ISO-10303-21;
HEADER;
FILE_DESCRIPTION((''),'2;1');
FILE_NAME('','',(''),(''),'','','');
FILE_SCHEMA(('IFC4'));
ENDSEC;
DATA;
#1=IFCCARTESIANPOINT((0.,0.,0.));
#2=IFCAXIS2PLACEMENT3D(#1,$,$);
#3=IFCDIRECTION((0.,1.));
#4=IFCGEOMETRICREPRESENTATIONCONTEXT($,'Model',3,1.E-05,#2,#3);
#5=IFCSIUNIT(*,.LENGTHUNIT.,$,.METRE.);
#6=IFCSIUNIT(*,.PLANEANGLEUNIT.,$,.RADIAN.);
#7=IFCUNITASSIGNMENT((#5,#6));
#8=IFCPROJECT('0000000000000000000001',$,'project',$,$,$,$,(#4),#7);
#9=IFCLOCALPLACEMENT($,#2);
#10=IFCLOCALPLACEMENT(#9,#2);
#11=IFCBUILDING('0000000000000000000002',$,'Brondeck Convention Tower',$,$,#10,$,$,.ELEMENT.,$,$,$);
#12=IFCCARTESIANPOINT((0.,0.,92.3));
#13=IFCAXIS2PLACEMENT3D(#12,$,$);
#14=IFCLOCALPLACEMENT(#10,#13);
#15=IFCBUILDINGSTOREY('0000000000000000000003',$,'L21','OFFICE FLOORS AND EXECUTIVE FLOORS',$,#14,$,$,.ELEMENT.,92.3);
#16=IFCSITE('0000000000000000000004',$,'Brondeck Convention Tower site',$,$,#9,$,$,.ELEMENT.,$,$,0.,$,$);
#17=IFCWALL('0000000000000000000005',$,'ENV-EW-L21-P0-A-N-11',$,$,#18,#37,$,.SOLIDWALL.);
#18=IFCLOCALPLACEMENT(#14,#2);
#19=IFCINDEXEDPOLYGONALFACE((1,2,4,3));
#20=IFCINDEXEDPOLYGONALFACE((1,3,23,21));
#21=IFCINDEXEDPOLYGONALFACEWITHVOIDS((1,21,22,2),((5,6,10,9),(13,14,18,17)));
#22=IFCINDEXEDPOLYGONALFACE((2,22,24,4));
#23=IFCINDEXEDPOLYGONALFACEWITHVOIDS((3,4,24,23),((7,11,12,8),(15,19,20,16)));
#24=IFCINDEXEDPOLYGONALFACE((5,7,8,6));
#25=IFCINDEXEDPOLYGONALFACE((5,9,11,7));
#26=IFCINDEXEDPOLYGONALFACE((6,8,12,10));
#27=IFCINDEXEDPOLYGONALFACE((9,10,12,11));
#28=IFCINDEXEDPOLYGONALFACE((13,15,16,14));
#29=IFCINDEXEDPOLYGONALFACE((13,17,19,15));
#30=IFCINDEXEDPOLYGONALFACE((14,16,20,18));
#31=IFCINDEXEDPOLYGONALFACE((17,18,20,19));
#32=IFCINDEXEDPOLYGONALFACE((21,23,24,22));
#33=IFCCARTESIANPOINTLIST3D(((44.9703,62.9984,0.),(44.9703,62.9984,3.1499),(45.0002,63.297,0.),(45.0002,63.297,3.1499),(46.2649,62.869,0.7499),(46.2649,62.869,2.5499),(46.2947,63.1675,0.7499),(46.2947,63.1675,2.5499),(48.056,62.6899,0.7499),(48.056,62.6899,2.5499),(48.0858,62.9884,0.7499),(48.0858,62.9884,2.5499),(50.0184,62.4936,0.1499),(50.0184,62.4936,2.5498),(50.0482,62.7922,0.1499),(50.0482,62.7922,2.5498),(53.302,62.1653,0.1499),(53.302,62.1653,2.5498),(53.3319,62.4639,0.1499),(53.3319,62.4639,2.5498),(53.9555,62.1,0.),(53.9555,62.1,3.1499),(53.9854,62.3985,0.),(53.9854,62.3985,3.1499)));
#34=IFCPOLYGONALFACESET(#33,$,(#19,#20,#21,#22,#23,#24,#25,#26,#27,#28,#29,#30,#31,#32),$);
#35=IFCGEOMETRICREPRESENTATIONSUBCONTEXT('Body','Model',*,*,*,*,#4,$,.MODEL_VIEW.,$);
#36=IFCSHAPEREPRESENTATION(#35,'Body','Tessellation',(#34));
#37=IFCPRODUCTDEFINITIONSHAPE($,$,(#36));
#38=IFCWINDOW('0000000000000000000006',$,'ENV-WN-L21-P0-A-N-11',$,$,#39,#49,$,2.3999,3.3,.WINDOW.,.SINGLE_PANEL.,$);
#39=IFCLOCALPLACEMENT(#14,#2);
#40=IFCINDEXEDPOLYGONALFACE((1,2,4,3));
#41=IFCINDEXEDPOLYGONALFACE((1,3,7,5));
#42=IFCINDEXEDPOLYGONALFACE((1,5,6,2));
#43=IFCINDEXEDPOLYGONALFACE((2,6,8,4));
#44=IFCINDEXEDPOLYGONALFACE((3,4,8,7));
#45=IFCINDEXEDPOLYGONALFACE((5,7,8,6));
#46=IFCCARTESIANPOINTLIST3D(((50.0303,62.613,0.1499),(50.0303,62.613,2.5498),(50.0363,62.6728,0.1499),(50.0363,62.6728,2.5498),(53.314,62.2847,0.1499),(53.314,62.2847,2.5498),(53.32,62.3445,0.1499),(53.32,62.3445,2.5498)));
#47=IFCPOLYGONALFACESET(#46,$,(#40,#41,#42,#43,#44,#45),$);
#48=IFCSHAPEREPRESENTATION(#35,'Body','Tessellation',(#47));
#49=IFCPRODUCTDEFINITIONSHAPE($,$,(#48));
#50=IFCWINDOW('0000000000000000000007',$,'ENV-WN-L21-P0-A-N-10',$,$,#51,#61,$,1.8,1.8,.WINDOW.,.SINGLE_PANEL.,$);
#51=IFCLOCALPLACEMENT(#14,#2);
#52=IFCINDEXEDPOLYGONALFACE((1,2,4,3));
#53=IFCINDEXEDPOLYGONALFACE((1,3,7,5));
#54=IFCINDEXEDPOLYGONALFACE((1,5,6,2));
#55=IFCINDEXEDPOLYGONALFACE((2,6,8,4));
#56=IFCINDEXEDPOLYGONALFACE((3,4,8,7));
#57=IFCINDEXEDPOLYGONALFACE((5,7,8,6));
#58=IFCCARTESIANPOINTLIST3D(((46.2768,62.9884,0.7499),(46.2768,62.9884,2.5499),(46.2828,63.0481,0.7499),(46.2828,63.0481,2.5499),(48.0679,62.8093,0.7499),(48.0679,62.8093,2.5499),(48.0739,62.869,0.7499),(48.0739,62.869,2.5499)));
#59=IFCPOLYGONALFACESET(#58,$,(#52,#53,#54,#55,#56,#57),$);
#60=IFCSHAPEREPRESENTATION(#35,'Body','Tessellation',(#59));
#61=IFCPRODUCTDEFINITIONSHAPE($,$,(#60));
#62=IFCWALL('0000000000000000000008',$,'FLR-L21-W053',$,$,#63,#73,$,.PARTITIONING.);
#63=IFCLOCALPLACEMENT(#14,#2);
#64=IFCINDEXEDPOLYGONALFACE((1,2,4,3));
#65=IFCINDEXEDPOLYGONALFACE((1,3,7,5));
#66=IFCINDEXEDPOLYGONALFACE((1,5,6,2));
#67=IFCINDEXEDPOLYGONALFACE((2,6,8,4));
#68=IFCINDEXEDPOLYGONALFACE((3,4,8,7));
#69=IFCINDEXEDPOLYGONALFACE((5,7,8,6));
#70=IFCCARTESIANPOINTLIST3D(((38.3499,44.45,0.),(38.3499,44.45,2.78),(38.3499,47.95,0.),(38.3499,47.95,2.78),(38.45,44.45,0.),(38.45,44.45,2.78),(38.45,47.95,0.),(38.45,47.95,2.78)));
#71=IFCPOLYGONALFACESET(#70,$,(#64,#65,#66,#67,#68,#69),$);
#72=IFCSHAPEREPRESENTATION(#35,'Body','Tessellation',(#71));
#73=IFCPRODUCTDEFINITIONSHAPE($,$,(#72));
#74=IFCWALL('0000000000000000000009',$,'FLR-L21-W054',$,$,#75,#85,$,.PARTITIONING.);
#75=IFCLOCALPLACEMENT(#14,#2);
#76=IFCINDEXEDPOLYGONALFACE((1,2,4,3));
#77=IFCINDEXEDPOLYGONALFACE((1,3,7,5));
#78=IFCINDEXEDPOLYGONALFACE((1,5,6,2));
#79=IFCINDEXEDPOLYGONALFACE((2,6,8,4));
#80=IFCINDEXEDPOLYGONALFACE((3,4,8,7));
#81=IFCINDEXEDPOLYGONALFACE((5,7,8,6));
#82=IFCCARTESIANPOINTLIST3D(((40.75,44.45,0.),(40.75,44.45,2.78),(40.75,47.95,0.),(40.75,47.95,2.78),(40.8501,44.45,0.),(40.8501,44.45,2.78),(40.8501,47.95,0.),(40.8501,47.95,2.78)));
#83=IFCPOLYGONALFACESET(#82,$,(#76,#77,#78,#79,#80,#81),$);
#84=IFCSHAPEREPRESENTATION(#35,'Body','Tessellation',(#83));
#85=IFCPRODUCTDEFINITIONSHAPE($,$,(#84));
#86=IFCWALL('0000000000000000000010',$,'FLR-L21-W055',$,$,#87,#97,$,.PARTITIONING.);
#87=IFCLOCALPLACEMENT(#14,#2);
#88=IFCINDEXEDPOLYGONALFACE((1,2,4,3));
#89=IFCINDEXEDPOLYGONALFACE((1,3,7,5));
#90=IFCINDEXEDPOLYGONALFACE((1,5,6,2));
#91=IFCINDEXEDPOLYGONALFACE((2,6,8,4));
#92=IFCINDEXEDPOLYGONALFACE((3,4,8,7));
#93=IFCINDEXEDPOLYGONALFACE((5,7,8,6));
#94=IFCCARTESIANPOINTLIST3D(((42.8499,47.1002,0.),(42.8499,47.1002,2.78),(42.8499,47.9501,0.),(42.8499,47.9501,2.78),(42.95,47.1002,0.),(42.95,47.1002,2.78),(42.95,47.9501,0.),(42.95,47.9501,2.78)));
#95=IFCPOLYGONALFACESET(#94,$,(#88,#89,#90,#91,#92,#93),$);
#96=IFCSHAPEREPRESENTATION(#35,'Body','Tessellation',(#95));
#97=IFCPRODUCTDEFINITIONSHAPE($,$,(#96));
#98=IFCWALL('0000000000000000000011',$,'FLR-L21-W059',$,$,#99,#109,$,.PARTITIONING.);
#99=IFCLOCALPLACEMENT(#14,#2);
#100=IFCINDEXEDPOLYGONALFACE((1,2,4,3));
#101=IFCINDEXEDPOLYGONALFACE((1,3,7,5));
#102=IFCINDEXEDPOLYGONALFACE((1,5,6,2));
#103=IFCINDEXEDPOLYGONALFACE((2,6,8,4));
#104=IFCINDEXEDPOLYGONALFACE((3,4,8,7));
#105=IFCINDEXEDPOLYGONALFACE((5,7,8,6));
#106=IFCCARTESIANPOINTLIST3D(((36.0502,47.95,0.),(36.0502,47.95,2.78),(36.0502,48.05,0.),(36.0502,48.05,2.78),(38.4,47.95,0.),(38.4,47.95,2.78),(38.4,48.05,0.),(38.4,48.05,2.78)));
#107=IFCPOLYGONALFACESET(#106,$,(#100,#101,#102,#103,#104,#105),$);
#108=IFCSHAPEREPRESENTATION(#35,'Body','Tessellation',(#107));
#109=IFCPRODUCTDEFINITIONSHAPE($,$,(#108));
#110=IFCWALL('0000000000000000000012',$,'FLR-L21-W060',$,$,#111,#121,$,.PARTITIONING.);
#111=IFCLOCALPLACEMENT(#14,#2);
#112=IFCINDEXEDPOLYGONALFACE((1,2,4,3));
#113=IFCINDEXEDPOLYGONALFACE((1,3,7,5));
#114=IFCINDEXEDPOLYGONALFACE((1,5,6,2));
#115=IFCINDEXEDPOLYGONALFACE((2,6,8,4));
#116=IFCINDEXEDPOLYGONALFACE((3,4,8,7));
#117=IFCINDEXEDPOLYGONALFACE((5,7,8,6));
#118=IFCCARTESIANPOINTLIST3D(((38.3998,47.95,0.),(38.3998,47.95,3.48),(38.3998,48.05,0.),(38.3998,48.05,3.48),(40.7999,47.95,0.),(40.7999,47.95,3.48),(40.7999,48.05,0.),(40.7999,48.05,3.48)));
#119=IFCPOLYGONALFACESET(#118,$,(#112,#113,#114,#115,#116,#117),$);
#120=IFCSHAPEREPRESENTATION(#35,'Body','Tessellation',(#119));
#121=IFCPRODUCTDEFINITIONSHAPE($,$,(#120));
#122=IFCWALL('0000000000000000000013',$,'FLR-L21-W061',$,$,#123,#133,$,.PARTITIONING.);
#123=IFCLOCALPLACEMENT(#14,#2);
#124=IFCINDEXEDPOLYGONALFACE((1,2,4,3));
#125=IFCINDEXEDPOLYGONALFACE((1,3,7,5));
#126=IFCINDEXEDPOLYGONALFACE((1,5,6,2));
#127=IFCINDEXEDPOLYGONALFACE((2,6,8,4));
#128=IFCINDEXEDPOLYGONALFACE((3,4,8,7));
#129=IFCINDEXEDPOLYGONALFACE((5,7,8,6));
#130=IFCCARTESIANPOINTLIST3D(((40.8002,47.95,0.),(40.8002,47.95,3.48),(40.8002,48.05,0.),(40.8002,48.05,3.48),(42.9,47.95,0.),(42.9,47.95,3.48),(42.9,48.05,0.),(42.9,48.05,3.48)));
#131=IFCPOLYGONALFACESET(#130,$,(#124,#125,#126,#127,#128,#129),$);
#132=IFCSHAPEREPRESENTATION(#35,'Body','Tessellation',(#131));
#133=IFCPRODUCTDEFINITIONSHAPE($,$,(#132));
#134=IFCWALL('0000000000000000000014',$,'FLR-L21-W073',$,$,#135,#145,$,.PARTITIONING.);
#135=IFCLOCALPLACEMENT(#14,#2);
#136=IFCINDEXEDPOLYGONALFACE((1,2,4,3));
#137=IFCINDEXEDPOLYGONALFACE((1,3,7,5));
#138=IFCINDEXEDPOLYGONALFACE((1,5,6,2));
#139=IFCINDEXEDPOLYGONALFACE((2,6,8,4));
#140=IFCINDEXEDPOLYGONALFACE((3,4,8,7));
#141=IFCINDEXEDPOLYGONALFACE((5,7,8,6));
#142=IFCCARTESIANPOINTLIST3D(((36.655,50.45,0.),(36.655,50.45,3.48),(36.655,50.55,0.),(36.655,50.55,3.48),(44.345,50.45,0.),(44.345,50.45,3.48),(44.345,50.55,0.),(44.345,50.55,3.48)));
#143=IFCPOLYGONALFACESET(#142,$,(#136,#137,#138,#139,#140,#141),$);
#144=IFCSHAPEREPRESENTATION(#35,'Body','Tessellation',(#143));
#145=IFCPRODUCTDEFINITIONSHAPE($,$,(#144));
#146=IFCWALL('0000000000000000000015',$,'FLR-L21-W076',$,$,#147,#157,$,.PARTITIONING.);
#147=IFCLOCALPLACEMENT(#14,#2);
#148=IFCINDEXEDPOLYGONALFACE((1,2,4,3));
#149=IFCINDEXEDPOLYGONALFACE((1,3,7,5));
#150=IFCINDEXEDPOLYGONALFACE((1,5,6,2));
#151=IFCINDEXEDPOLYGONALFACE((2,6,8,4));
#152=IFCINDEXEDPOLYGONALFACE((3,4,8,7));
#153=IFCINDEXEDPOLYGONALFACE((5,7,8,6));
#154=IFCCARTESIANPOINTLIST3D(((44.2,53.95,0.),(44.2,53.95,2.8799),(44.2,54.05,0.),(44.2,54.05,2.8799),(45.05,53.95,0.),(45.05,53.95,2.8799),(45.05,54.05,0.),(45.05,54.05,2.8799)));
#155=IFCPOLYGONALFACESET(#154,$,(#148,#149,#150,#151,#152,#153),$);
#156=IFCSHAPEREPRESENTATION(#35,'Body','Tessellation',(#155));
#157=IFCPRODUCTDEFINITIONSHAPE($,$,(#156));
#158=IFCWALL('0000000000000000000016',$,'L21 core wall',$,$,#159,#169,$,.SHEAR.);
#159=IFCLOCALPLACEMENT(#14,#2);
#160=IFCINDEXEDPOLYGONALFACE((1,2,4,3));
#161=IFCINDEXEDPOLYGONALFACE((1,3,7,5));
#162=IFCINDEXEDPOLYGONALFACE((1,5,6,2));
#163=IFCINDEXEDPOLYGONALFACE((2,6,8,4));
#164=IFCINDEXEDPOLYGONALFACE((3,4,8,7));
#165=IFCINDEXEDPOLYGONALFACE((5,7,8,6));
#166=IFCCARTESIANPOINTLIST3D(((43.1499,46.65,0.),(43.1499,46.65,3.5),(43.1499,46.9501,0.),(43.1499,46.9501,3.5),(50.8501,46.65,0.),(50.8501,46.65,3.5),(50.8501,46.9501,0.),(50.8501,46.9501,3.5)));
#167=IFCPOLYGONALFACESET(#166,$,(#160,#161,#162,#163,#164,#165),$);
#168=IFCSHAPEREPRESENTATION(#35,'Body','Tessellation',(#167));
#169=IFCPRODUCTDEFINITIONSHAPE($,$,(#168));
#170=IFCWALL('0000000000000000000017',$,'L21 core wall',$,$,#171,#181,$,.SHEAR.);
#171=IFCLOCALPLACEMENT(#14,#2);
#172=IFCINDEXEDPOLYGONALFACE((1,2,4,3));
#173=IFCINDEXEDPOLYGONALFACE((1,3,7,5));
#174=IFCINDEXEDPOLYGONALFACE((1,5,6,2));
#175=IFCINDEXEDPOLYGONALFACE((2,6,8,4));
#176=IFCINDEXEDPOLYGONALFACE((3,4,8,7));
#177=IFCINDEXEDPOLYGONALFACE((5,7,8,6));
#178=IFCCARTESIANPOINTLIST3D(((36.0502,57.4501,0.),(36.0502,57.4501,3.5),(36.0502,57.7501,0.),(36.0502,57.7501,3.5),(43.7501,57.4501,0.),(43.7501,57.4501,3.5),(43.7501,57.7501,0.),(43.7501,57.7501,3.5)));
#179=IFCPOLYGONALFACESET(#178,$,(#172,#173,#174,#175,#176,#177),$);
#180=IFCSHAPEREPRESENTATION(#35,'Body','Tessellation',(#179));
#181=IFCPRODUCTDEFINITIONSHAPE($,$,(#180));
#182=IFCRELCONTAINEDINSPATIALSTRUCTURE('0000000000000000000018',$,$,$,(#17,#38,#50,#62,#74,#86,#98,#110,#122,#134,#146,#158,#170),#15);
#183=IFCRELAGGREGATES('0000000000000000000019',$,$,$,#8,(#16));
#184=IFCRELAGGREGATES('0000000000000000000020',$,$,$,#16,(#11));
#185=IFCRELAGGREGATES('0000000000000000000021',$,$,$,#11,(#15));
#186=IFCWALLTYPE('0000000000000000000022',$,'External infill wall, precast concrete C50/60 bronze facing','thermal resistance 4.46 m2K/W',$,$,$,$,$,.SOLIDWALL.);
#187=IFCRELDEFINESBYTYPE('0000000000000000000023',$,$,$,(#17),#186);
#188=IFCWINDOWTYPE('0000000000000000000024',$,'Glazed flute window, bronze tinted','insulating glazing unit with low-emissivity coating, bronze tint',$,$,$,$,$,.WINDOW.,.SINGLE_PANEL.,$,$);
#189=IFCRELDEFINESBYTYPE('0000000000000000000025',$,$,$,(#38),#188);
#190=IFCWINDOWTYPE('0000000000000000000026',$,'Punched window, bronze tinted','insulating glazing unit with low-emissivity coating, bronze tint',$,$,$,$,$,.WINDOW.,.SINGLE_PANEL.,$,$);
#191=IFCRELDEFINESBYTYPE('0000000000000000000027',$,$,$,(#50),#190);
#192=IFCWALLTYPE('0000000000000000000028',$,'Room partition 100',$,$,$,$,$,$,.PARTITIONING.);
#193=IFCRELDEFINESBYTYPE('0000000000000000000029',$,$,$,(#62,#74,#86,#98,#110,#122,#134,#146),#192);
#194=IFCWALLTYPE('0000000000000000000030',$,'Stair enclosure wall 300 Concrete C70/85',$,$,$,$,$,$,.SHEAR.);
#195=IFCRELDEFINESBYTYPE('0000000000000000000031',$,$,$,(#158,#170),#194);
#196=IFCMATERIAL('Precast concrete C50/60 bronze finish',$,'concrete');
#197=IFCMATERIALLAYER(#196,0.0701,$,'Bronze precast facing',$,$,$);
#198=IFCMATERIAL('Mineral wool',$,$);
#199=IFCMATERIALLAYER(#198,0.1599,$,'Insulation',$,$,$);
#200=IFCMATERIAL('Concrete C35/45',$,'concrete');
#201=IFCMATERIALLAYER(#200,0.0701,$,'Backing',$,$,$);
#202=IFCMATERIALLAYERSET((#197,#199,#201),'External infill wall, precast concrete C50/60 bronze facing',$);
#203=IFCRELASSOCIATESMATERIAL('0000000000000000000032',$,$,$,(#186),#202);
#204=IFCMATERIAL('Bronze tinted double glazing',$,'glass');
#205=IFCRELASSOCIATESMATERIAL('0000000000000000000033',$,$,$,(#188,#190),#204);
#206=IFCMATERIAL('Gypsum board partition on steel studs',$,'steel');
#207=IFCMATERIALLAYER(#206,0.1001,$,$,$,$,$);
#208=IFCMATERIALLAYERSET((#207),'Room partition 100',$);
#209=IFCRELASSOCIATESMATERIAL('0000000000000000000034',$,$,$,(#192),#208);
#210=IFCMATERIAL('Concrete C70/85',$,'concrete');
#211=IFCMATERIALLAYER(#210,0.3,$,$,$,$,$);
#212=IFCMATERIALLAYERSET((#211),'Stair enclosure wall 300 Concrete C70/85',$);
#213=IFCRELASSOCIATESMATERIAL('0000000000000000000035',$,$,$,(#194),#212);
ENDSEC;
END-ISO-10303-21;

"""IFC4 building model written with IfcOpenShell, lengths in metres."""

from ifc_helpers import new_model, si_unit, direction, frame, frame_2d, origin, place, context, subcontext, project, spatial, rectangle, extrude, material, layer, layer_set, type_object, element, fill, save


model = new_model("IFC4")

# Units and contexts
model_context = context("Model", 3, precision=1e-05, world=origin(), true_north=direction((0.0, 1.0)))
body_context = subcontext(model_context, "Body", "Model", "MODEL_VIEW")
ifc_project = project(units=[si_unit("LENGTHUNIT", "METRE"), si_unit("PLANEANGLEUNIT", "RADIAN")], contexts=[model_context])

# Site, building, storey
site_placement = place(None, origin())
site = spatial("IfcSite", under=ifc_project, at=site_placement, Name="Brondeck Convention Tower site", CompositionType="ELEMENT", RefElevation=0.0)
building_placement = place(site_placement, origin())
building = spatial("IfcBuilding", under=site, at=building_placement, Name="Brondeck Convention Tower", CompositionType="ELEMENT")
storey_placement = place(building_placement, frame((0.0, 0.0, 92.3)))
storey = spatial("IfcBuildingStorey", under=building, at=storey_placement, Name="L21", Description="OFFICE FLOORS AND EXECUTIVE FLOORS", CompositionType="ELEMENT", Elevation=92.3)

# Shared definitions
ifc_material_1 = material(Name="Concrete C70/85", Category="concrete")

# Wall, openings, windows
ifc_material_2 = material(Name="Precast concrete C50/60 bronze finish", Category="concrete")
ifc_layer_1 = layer(ifc_material_2, 0.0701, Name="Bronze precast facing")
ifc_material_3 = material(Name="Mineral wool")
ifc_layer_2 = layer(ifc_material_3, 0.1599, Name="Insulation")
ifc_material_4 = material(Name="Concrete C35/45", Category="concrete")
ifc_layer_3 = layer(ifc_material_4, 0.0701, Name="Backing")
ifc_layer_set_1 = layer_set([ifc_layer_1, ifc_layer_2, ifc_layer_3], Name="External infill wall, precast concrete C50/60 bronze facing")
wall_type_1 = type_object("IfcWallType", Name="External infill wall, precast concrete C50/60 bronze facing", Description="thermal resistance 4.46 m2K/W", PredefinedType="SOLIDWALL", material=ifc_layer_set_1)
wall_1_placement = place(storey_placement, frame((44.9851, 63.1477, 0.0), z_axis=(0.0, 0.0, 1.0), x_axis=(0.995038, -0.099496, 0.0)))
wall_1 = element("IfcWall", 1, at=wall_1_placement, inside=storey, type_object=wall_type_1, Name="ENV-EW-L21-P0-A-N-11", PredefinedType="SOLIDWALL", context=body_context, shape_type="SweptSolid", body=[
    extrude(rectangle(XDim=9.03, YDim=0.3, at=frame_2d((4.5151, 0.0))), origin(), (0.0, 0.0, 1.0), 3.1499),
])
opening_1_placement = place(wall_1_placement, frame((1.3013, 0.0, 0.75)))
opening_1 = element("IfcOpeningElement", 2, at=opening_1_placement, cuts=wall_1, PredefinedType="OPENING", context=body_context, shape_type="SweptSolid", body=[
    extrude(rectangle(XDim=1.8, YDim=1.8, at=frame_2d((0.8999, 0.8999))), frame((0.0, 0.1599, 0.0), z_axis=(0.0, -1.0, 0.0), x_axis=(1.0, 0.0, 0.0)), (0.0, 0.0, 1.0), 0.3201),
])
opening_2_placement = place(wall_1_placement, frame((5.0735, 0.0, 0.1499)))
opening_2 = element("IfcOpeningElement", 3, at=opening_2_placement, cuts=wall_1, PredefinedType="OPENING", context=body_context, shape_type="SweptSolid", body=[
    extrude(rectangle(XDim=3.3, YDim=2.3999, at=frame_2d((1.6499, 1.2))), frame((0.0, 0.1599, 0.0), z_axis=(0.0, -1.0, 0.0), x_axis=(1.0, 0.0, 0.0)), (0.0, 0.0, 1.0), 0.3201),
])
ifc_material_5 = material(Name="Bronze tinted double glazing", Category="glass")
window_type_1 = type_object("IfcWindowType", Name="Glazed flute window, bronze tinted", Description="insulating glazing unit with low-emissivity coating, bronze tint", PartitioningType="SINGLE_PANEL", PredefinedType="WINDOW", material=ifc_material_5)
window_1_placement = place(opening_2_placement, origin())
window_1 = element("IfcWindow", 4, at=window_1_placement, inside=storey, type_object=window_type_1, Name="ENV-WN-L21-P0-A-N-11", OverallHeight=2.3999, OverallWidth=3.3, PartitioningType="SINGLE_PANEL", PredefinedType="WINDOW", context=body_context, shape_type="SweptSolid", body=[
    extrude(rectangle(XDim=3.3, YDim=2.3999, at=frame_2d((1.6499, 1.2))), frame((0.0, 0.03, 0.0), z_axis=(0.0, -1.0, 0.0), x_axis=(1.0, 0.0, 0.0)), (0.0, 0.0, 1.0), 0.0601),
])
fill(opening_2, window_1)
window_type_2 = type_object("IfcWindowType", Name="Punched window, bronze tinted", Description="insulating glazing unit with low-emissivity coating, bronze tint", PartitioningType="SINGLE_PANEL", PredefinedType="WINDOW", material=ifc_material_5)
window_2_placement = place(opening_1_placement, origin())
window_2 = element("IfcWindow", 5, at=window_2_placement, inside=storey, type_object=window_type_2, Name="ENV-WN-L21-P0-A-N-10", OverallHeight=1.8, OverallWidth=1.8, PartitioningType="SINGLE_PANEL", PredefinedType="WINDOW", context=body_context, shape_type="SweptSolid", body=[
    extrude(rectangle(XDim=1.8, YDim=1.8, at=frame_2d((0.8999, 0.8999))), frame((0.0, 0.03, 0.0), z_axis=(0.0, -1.0, 0.0), x_axis=(1.0, 0.0, 0.0)), (0.0, 0.0, 1.0), 0.0601),
])
fill(opening_1, window_2)

# Walls
ifc_material_6 = material(Name="Gypsum board partition on steel studs", Category="steel")
ifc_layer_4 = layer(ifc_material_6, 0.1001)
ifc_layer_set_2 = layer_set([ifc_layer_4], Name="Room partition 100")
wall_type_2 = type_object("IfcWallType", Name="Room partition 100", PredefinedType="PARTITIONING", material=ifc_layer_set_2)
for number, where, z_axis, x_axis, name in (
    (6, (38.3999, 47.95, 0.0), (0.0, 0.0, 1.0), (0.0, -1.0, 0.0), "FLR-L21-W053"),
    (7, (40.8, 47.95, 0.0), (0.0, 0.0, 1.0), (0.0, -1.0, 0.0), "FLR-L21-W054"),
):
    element("IfcWall", number, at=place(storey_placement, frame(where, z_axis=z_axis, x_axis=x_axis)), inside=storey, type_object=wall_type_2, Name=name, PredefinedType="PARTITIONING", context=body_context, shape_type="SweptSolid", body=[
        extrude(rectangle(XDim=3.5, YDim=0.1001, at=frame_2d((1.75, 0.0))), origin(), (0.0, 0.0, 1.0), 2.78),
    ])
wall_2_placement = place(storey_placement, frame((42.8999, 47.95, 0.0), z_axis=(0.0, 0.0, 1.0), x_axis=(0.0, -1.0, 0.0)))
element("IfcWall", 8, at=wall_2_placement, inside=storey, type_object=wall_type_2, Name="FLR-L21-W055", PredefinedType="PARTITIONING", context=body_context, shape_type="SweptSolid", body=[
    extrude(rectangle(XDim=0.8499, YDim=0.1001, at=frame_2d((0.4248, 0.0))), origin(), (0.0, 0.0, 1.0), 2.78),
])
wall_3_placement = place(storey_placement, frame((38.3999, 48.0, 0.0), z_axis=(0.0, 0.0, 1.0), x_axis=(-1.0, 0.0, 0.0)))
element("IfcWall", 9, at=wall_3_placement, inside=storey, type_object=wall_type_2, Name="FLR-L21-W059", PredefinedType="PARTITIONING", context=body_context, shape_type="SweptSolid", body=[
    extrude(rectangle(XDim=2.3499, YDim=0.1001, at=frame_2d((1.1748, 0.0))), origin(), (0.0, 0.0, 1.0), 2.78),
])
wall_4_placement = place(storey_placement, frame((40.8, 48.0, 0.0), z_axis=(0.0, 0.0, 1.0), x_axis=(-1.0, 0.0, 0.0)))
element("IfcWall", 10, at=wall_4_placement, inside=storey, type_object=wall_type_2, Name="FLR-L21-W060", PredefinedType="PARTITIONING", context=body_context, shape_type="SweptSolid", body=[
    extrude(rectangle(XDim=2.4001, YDim=0.1001, at=frame_2d((1.2002, 0.0))), origin(), (0.0, 0.0, 1.0), 3.48),
])
wall_5_placement = place(storey_placement, frame((42.8999, 48.0, 0.0), z_axis=(0.0, 0.0, 1.0), x_axis=(-1.0, 0.0, 0.0)))
element("IfcWall", 11, at=wall_5_placement, inside=storey, type_object=wall_type_2, Name="FLR-L21-W061", PredefinedType="PARTITIONING", context=body_context, shape_type="SweptSolid", body=[
    extrude(rectangle(XDim=2.0999, YDim=0.1001, at=frame_2d((1.0498, 0.0))), origin(), (0.0, 0.0, 1.0), 3.48),
])
wall_6_placement = place(storey_placement, frame((44.345, 50.5, 0.0), z_axis=(0.0, 0.0, 1.0), x_axis=(-1.0, 0.0, 0.0)))
element("IfcWall", 12, at=wall_6_placement, inside=storey, type_object=wall_type_2, Name="FLR-L21-W073", PredefinedType="PARTITIONING", context=body_context, shape_type="SweptSolid", body=[
    extrude(rectangle(XDim=7.6899, YDim=0.1001, at=frame_2d((3.845, 0.0))), origin(), (0.0, 0.0, 1.0), 3.48),
])
wall_7_placement = place(storey_placement, frame((44.2, 54.0, 0.0), z_axis=(0.0, 0.0, 1.0), x_axis=(1.0, 0.0, 0.0)))
element("IfcWall", 13, at=wall_7_placement, inside=storey, type_object=wall_type_2, Name="FLR-L21-W076", PredefinedType="PARTITIONING", context=body_context, shape_type="SweptSolid", body=[
    extrude(rectangle(XDim=0.8501, YDim=0.1001, at=frame_2d((0.425, 0.0))), origin(), (0.0, 0.0, 1.0), 2.8799),
])
ifc_layer_5 = layer(ifc_material_1, 0.3)
ifc_layer_set_3 = layer_set([ifc_layer_5], Name="Stair enclosure wall 300 Concrete C70/85")
wall_type_3 = type_object("IfcWallType", Name="Stair enclosure wall 300 Concrete C70/85", PredefinedType="SHEAR", material=ifc_layer_set_3)
wall_8_placement = place(storey_placement, frame((43.1499, 46.8, 0.0), z_axis=(0.0, 0.0, 1.0), x_axis=(1.0, 0.0, 0.0)))
element("IfcWall", 14, at=wall_8_placement, inside=storey, type_object=wall_type_3, Name="L21 core wall", PredefinedType="SHEAR", context=body_context, shape_type="SweptSolid", body=[
    extrude(rectangle(XDim=7.7002, YDim=0.3, at=frame_2d((3.8501, 0.0))), origin(), (0.0, 0.0, 1.0), 3.5),
])
wall_9_placement = place(storey_placement, frame((36.05, 57.6001, 0.0), z_axis=(0.0, 0.0, 1.0), x_axis=(1.0, 0.0, 0.0)))
element("IfcWall", 15, at=wall_9_placement, inside=storey, type_object=wall_type_3, Name="L21 core wall", PredefinedType="SHEAR", context=body_context, shape_type="SweptSolid", body=[
    extrude(rectangle(XDim=7.7, YDim=0.3, at=frame_2d((3.8501, 0.0))), origin(), (0.0, 0.0, 1.0), 3.5),
])

save(model, "model.ifc")
